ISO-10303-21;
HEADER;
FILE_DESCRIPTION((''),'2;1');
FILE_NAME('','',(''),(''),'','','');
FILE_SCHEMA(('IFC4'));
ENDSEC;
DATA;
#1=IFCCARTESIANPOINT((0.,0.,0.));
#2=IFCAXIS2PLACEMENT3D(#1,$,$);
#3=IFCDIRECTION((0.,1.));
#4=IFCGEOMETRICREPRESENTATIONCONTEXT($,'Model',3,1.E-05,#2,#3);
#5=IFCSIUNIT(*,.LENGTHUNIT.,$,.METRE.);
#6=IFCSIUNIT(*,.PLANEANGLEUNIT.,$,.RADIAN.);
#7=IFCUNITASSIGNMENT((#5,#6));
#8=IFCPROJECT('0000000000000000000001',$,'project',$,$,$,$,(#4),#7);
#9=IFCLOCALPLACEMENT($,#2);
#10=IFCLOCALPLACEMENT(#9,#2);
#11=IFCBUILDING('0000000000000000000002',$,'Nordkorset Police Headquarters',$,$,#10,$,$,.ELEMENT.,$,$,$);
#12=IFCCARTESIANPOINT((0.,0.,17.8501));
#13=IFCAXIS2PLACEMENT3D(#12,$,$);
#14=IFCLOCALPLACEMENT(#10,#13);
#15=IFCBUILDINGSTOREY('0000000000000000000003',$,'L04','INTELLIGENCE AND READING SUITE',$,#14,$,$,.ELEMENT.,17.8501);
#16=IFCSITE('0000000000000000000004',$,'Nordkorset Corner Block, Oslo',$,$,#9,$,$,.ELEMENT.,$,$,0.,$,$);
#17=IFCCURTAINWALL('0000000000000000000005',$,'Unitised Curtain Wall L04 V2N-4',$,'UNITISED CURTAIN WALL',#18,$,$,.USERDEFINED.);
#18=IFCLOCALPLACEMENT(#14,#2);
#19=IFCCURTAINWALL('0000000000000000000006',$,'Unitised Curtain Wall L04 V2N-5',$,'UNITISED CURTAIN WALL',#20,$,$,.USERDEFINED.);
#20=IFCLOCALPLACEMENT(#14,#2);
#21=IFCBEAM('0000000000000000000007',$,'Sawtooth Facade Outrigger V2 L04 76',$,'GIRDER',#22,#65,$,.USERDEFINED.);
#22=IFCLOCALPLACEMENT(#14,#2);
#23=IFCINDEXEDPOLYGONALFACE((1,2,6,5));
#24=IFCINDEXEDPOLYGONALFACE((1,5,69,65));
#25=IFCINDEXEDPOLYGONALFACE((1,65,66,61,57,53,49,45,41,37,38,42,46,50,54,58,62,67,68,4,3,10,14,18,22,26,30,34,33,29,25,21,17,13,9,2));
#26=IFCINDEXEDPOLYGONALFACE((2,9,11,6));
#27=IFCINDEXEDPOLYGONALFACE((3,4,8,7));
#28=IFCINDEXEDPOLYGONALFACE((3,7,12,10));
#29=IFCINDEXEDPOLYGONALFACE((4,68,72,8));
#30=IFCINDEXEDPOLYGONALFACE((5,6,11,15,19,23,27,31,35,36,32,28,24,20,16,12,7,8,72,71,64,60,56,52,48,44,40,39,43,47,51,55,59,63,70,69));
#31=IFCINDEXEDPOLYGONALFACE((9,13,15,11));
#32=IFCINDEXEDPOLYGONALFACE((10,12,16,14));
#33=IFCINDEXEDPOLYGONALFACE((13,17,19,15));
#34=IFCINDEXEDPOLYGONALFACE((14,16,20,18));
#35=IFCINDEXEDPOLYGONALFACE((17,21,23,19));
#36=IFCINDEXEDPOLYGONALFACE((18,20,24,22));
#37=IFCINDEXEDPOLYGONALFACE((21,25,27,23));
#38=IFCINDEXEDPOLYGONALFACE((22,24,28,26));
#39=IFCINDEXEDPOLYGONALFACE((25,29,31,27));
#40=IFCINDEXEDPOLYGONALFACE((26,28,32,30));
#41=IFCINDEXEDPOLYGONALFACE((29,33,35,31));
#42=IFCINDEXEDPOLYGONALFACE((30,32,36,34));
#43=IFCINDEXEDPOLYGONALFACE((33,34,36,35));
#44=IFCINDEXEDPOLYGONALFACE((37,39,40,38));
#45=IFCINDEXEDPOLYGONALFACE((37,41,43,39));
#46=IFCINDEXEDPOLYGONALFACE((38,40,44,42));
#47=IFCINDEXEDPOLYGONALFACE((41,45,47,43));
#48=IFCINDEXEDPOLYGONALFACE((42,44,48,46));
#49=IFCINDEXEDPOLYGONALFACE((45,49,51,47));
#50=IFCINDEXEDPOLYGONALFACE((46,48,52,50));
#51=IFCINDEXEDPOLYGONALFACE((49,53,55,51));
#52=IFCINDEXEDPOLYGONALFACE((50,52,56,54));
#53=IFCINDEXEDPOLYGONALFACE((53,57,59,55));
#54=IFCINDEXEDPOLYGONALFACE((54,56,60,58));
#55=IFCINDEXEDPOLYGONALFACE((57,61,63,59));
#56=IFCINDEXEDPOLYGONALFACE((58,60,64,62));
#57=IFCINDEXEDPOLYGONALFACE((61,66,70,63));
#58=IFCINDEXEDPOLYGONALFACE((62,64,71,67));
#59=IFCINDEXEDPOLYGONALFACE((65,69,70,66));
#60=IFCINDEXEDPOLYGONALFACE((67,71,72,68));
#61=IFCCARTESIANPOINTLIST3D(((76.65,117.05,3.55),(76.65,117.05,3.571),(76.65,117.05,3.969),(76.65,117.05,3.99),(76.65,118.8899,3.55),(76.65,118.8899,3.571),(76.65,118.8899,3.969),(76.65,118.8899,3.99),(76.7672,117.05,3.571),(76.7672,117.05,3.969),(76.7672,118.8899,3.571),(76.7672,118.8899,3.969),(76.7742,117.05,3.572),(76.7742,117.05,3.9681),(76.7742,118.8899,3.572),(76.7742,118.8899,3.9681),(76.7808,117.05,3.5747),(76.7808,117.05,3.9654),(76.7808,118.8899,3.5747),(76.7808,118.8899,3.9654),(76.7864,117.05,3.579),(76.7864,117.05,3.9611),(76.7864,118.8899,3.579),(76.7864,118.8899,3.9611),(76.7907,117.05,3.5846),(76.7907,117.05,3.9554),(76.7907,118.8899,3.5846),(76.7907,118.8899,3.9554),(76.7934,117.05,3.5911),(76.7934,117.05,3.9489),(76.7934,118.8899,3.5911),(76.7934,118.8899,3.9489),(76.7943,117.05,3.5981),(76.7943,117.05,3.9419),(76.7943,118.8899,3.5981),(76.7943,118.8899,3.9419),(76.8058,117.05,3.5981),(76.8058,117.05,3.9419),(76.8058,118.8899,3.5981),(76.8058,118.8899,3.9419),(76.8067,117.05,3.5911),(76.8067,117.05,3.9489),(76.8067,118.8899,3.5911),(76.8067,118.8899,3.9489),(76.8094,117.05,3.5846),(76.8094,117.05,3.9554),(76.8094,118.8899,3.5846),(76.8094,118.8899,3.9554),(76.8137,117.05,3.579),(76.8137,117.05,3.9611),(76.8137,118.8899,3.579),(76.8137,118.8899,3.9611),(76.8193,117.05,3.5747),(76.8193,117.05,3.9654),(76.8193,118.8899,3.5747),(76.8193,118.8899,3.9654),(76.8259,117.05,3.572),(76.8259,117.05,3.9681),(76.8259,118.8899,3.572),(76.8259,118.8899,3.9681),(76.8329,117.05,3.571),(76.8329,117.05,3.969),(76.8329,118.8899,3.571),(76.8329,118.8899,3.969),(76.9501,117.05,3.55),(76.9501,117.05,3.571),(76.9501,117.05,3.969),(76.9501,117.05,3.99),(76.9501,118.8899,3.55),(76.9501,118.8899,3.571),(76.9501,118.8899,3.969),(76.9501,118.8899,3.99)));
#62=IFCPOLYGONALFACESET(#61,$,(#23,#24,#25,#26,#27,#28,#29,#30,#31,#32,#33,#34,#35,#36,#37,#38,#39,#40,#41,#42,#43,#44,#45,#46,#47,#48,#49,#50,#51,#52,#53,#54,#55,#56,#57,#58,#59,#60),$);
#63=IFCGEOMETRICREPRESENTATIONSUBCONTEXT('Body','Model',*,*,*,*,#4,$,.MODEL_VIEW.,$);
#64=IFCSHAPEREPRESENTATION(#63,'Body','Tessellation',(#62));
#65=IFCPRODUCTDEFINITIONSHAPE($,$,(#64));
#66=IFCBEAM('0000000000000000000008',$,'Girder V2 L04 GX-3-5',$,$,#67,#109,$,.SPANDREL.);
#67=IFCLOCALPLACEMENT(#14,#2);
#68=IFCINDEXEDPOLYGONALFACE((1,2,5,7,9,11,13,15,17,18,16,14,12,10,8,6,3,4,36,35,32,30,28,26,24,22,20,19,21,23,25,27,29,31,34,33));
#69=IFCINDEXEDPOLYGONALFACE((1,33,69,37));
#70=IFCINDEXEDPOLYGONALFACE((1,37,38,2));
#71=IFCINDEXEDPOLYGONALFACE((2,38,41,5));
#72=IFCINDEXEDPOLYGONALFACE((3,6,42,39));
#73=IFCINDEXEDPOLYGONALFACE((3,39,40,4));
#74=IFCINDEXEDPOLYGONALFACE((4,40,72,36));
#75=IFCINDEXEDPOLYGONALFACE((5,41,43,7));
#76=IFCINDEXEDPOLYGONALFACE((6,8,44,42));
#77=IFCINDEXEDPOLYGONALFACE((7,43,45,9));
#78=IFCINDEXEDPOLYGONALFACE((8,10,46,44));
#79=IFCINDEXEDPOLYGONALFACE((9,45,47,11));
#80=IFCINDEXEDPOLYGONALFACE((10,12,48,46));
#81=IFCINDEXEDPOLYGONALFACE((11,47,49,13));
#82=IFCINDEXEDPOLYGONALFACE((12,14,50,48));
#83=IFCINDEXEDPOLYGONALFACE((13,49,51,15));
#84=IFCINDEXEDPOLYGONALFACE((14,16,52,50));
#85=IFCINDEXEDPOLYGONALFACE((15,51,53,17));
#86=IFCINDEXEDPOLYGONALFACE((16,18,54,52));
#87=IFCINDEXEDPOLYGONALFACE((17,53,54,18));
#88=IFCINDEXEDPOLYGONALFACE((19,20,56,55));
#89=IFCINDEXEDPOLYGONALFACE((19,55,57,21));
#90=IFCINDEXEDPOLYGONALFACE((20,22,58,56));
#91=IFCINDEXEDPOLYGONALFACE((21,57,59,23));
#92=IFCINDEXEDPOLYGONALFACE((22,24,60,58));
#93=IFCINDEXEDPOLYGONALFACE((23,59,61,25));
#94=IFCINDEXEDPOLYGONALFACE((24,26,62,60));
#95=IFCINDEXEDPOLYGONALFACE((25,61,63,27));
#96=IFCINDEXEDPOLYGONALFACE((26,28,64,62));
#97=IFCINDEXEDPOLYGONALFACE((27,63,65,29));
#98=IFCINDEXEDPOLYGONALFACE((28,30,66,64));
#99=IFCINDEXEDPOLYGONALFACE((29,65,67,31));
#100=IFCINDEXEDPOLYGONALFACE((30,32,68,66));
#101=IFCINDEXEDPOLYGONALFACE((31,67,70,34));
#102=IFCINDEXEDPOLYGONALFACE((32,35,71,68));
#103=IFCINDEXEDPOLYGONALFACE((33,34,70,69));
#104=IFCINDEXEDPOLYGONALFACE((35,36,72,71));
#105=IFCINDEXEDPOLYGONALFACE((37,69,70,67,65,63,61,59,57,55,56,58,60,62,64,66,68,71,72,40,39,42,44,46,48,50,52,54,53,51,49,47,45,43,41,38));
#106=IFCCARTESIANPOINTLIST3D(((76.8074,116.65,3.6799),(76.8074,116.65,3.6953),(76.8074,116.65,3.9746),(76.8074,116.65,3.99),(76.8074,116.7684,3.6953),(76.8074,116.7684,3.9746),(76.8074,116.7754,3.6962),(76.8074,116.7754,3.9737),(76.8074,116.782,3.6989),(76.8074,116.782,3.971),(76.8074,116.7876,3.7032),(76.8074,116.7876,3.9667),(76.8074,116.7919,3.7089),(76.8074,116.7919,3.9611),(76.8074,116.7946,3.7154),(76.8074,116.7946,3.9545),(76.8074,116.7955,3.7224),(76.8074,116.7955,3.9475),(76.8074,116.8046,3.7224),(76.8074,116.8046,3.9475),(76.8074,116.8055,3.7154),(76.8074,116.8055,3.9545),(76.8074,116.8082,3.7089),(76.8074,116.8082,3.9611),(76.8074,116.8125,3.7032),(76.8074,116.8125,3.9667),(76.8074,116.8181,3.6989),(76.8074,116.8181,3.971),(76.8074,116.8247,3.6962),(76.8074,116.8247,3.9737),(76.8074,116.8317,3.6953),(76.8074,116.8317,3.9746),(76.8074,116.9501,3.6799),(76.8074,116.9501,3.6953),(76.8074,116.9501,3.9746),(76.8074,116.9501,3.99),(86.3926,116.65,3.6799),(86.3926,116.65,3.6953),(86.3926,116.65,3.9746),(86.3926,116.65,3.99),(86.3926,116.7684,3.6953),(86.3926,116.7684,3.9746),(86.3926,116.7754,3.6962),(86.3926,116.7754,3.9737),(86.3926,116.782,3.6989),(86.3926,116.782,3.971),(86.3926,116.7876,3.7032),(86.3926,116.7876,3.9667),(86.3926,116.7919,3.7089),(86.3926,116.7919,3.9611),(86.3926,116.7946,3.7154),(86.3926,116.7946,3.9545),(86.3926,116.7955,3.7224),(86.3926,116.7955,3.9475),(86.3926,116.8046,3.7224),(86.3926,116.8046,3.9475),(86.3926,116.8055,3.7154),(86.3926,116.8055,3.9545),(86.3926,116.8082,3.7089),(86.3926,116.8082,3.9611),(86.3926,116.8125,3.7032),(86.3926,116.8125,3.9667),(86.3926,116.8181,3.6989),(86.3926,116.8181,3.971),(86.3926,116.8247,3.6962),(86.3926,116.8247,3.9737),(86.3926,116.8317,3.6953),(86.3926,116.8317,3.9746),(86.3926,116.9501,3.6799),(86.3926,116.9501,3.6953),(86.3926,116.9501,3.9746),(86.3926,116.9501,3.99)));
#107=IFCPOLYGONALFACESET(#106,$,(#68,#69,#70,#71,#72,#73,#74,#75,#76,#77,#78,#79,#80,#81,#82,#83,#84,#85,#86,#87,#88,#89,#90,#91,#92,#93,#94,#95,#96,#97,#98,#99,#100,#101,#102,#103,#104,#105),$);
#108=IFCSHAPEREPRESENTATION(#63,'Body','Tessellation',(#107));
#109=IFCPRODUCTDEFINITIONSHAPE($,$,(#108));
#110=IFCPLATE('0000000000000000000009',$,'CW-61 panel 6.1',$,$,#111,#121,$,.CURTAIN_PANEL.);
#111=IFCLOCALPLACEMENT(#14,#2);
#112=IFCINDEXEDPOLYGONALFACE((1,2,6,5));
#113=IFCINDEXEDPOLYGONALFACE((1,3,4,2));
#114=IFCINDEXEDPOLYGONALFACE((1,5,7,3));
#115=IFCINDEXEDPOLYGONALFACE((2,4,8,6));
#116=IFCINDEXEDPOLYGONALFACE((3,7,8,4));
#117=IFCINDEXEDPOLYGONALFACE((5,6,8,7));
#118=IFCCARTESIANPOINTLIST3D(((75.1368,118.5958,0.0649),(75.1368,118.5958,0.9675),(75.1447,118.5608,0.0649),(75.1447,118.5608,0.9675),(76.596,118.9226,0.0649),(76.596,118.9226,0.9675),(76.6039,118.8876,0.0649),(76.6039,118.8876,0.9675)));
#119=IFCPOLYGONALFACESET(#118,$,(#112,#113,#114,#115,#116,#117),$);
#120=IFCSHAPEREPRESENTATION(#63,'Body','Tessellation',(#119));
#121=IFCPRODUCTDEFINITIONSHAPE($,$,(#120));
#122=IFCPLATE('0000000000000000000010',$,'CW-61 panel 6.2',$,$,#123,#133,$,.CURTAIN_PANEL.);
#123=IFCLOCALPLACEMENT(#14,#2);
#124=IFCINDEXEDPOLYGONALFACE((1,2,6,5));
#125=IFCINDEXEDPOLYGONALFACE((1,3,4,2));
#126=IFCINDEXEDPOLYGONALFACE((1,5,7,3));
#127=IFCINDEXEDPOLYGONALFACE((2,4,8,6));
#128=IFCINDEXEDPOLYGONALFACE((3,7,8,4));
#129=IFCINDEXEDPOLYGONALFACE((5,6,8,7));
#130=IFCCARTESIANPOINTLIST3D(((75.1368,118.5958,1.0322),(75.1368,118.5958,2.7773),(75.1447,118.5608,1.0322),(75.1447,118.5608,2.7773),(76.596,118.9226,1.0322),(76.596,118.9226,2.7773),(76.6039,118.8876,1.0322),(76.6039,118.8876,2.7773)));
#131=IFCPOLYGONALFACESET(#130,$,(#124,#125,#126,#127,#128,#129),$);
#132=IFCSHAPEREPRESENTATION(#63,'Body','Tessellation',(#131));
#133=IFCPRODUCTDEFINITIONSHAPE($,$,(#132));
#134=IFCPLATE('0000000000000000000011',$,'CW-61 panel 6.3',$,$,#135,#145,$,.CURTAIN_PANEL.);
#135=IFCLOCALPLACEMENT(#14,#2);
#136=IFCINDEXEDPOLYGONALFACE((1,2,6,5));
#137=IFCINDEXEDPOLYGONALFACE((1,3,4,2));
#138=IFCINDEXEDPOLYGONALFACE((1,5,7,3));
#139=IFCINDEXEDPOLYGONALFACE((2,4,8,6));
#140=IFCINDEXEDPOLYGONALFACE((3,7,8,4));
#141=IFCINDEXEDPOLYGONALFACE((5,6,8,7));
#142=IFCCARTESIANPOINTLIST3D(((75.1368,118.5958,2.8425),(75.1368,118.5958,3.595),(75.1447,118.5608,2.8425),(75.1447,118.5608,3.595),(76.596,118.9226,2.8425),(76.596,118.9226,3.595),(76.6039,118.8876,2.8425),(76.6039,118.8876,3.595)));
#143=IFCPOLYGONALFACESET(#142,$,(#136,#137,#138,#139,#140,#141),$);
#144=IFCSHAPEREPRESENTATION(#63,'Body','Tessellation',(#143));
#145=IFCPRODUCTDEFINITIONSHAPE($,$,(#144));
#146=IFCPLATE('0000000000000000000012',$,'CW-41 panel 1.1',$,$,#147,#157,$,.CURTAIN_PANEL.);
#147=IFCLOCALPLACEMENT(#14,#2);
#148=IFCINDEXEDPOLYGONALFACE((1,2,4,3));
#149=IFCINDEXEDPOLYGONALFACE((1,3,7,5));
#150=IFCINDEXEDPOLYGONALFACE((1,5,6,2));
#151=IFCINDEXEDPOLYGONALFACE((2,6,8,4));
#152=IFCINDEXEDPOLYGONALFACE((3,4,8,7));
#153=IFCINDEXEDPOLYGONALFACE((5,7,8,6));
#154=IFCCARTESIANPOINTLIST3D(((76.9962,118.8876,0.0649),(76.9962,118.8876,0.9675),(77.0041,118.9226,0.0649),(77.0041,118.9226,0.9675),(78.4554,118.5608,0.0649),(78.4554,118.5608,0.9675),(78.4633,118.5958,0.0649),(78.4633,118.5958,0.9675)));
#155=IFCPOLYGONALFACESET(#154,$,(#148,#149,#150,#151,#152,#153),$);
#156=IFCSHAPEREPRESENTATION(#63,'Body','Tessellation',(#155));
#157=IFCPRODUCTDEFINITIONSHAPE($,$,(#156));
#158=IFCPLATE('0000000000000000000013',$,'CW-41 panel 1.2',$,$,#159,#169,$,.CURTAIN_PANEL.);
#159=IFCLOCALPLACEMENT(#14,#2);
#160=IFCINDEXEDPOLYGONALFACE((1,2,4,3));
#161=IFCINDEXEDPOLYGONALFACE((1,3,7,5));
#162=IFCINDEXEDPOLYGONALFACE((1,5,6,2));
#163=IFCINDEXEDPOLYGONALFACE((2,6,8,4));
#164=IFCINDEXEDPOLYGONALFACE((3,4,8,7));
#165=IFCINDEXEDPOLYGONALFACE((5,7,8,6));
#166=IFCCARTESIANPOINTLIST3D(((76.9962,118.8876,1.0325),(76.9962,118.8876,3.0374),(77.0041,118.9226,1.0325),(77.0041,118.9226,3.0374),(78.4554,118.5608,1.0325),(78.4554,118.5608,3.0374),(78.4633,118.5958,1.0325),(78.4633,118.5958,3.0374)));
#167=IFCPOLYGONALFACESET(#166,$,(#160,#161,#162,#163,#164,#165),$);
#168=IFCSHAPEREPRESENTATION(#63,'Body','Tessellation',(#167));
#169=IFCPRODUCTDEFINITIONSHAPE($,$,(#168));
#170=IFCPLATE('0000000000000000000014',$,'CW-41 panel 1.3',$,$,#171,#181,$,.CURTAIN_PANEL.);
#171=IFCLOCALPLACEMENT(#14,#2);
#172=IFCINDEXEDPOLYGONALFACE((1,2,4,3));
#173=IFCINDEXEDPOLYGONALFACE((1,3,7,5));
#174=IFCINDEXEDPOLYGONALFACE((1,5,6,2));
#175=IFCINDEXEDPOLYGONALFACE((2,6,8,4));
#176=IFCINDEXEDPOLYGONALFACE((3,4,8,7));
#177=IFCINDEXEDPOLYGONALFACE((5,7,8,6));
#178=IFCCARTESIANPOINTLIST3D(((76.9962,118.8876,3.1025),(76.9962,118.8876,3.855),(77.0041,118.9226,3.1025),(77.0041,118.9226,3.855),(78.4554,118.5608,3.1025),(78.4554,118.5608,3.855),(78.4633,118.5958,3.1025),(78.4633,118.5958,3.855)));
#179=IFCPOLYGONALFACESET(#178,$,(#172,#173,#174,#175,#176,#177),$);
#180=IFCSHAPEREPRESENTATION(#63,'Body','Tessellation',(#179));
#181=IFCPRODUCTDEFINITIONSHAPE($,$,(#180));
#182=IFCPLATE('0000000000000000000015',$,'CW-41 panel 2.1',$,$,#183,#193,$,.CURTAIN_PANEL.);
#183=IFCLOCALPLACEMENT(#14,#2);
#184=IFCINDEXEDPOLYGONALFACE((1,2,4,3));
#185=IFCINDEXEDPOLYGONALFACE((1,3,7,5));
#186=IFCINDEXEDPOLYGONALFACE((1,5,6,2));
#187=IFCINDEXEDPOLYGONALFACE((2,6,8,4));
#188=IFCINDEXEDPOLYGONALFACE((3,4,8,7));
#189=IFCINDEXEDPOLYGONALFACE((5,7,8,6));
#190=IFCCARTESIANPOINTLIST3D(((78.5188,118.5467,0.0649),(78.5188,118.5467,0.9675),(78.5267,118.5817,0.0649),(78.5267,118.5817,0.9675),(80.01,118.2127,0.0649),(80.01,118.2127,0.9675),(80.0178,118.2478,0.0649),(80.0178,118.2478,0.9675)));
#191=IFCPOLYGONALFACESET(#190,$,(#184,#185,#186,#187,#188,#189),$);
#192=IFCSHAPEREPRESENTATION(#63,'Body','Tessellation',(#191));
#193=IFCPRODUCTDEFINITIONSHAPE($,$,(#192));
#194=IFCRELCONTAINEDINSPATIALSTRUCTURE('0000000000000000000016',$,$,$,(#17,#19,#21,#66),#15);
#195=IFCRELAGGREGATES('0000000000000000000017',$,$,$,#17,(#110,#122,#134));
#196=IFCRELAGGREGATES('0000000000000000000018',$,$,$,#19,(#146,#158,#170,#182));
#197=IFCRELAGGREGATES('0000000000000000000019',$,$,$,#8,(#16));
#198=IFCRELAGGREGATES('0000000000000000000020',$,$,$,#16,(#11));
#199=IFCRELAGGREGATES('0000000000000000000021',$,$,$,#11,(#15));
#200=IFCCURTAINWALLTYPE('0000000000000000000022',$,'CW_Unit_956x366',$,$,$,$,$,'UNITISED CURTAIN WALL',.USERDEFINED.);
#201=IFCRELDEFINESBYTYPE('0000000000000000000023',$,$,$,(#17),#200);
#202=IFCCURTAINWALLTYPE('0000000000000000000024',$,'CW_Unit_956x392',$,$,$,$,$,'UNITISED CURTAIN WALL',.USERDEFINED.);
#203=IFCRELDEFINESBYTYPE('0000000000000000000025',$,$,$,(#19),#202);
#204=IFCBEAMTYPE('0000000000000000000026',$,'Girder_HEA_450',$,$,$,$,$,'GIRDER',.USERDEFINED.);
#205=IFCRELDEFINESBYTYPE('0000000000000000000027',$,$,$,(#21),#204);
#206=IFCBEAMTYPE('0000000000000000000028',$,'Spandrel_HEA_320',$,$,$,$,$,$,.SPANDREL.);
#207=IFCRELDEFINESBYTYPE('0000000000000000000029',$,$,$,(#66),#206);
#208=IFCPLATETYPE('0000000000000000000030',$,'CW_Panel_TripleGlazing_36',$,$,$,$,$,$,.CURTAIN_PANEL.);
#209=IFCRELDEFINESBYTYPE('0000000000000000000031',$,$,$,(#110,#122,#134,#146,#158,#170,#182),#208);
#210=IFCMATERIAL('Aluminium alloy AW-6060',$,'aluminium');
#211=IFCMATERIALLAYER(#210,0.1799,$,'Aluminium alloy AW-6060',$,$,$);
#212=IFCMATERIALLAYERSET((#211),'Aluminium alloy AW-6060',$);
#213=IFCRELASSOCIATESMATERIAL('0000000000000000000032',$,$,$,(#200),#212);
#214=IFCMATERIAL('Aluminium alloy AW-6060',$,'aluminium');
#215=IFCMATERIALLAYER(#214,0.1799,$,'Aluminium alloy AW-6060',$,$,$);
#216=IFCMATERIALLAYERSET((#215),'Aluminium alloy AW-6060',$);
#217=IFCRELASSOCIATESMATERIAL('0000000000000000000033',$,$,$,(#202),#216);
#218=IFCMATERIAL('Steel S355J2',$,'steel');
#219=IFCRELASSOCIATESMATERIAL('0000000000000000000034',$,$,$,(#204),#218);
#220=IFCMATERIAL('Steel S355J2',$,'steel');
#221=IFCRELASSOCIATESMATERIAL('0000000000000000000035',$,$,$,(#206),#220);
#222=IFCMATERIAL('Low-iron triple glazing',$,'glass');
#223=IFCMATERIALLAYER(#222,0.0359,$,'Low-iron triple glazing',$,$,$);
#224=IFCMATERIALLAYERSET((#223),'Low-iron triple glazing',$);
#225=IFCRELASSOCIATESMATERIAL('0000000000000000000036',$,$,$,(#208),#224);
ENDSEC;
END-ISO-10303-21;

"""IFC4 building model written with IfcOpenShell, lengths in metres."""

from ifc_helpers import new_model, si_unit, direction, frame, origin, origin_2d, place, context, subcontext, project, spatial, rectangle, i_section, extrude, material, layer, layer_set, material_profile, profile_set, type_object, element, aggregate, save


model = new_model("IFC4")

# Units and contexts
model_context = context("Model", 3, precision=1e-05, world=origin(), true_north=direction((0.0, 1.0)))
body_context = subcontext(model_context, "Body", "Model", "MODEL_VIEW")
ifc_project = project(units=[si_unit("LENGTHUNIT", "METRE"), si_unit("PLANEANGLEUNIT", "RADIAN")], contexts=[model_context])

# Site, building, storey
site_placement = place(None, origin())
site = spatial("IfcSite", under=ifc_project, at=site_placement, Name="Nordkorset Corner Block, Oslo", CompositionType="ELEMENT", RefElevation=0.0)
building_placement = place(site_placement, origin())
building = spatial("IfcBuilding", under=site, at=building_placement, Name="Nordkorset Police Headquarters", CompositionType="ELEMENT")
storey_placement = place(building_placement, frame((0.0, 0.0, 17.8501)))
storey = spatial("IfcBuildingStorey", under=building, at=storey_placement, Name="L04", Description="INTELLIGENCE AND READING SUITE", CompositionType="ELEMENT", Elevation=17.8501)

# Curtain wall
ifc_material_1 = material(Name="Aluminium alloy AW-6060", Category="aluminium")
ifc_layer_1 = layer(ifc_material_1, 0.1799, Name="Aluminium alloy AW-6060")
ifc_layer_set_1 = layer_set([ifc_layer_1], Name="Aluminium alloy AW-6060")
curtain_wall_type_1 = type_object("IfcCurtainWallType", Name="CW_Unit_956x366", ElementType="UNITISED CURTAIN WALL", PredefinedType="USERDEFINED", material=ifc_layer_set_1)
curtain_wall_1_placement = place(storey_placement, origin())
curtain_wall_1 = element("IfcCurtainWall", 1, at=curtain_wall_1_placement, inside=storey, type_object=curtain_wall_type_1, Name="Unitised Curtain Wall L04 V2N-4", ObjectType="UNITISED CURTAIN WALL", PredefinedType="USERDEFINED")

# Curtain wall
ifc_material_2 = material(Name="Aluminium alloy AW-6060", Category="aluminium")
ifc_layer_2 = layer(ifc_material_2, 0.1799, Name="Aluminium alloy AW-6060")
ifc_layer_set_2 = layer_set([ifc_layer_2], Name="Aluminium alloy AW-6060")
curtain_wall_type_2 = type_object("IfcCurtainWallType", Name="CW_Unit_956x392", ElementType="UNITISED CURTAIN WALL", PredefinedType="USERDEFINED", material=ifc_layer_set_2)
curtain_wall_2_placement = place(storey_placement, origin())
curtain_wall_2 = element("IfcCurtainWall", 2, at=curtain_wall_2_placement, inside=storey, type_object=curtain_wall_type_2, Name="Unitised Curtain Wall L04 V2N-5", ObjectType="UNITISED CURTAIN WALL", PredefinedType="USERDEFINED")

# Beams
ifc_material_3 = material(Name="Steel S355J2", Category="steel")
ifc_material_profile_1 = material_profile(ifc_material_3, i_section(OverallWidth=0.3, OverallDepth=0.4399, WebThickness=0.0115, FlangeThickness=0.021, FilletRadius=0.0271, at=origin_2d()), Name="HEA 450")
ifc_profile_set_1 = profile_set([ifc_material_profile_1], Name="Steel S355J2")
beam_type_1 = type_object("IfcBeamType", Name="Girder_HEA_450", ElementType="GIRDER", PredefinedType="USERDEFINED", material=ifc_profile_set_1)
beam_1_placement = place(storey_placement, frame((76.8, 117.05, 3.77), z_axis=(0.0, 1.0, 0.0), x_axis=(-1.0, 0.0, 0.0)))
element("IfcBeam", 3, at=beam_1_placement, inside=storey, type_object=beam_type_1, Name="Sawtooth Facade Outrigger V2 L04 76", ObjectType="GIRDER", PredefinedType="USERDEFINED", context=body_context, shape_type="SweptSolid", body=[
    extrude(i_section(OverallWidth=0.3, OverallDepth=0.4399, WebThickness=0.0115, FlangeThickness=0.021, FilletRadius=0.0271, at=origin_2d()), origin(), (0.0, 0.0, 1.0), 1.8398),
])
ifc_material_4 = material(Name="Steel S355J2", Category="steel")
ifc_material_profile_2 = material_profile(ifc_material_4, i_section(OverallWidth=0.3, OverallDepth=0.3101, WebThickness=0.009, FlangeThickness=0.0154, FilletRadius=0.0271, at=origin_2d()), Name="HEA 320")
ifc_profile_set_2 = profile_set([ifc_material_profile_2], Name="Steel S355J2")
beam_type_2 = type_object("IfcBeamType", Name="Spandrel_HEA_320", PredefinedType="SPANDREL", material=ifc_profile_set_2)
beam_2_placement = place(storey_placement, frame((76.8074, 116.8, 3.835), z_axis=(1.0, 0.0, 0.0), x_axis=(0.0, 1.0, 0.0)))
element("IfcBeam", 4, at=beam_2_placement, inside=storey, type_object=beam_type_2, Name="Girder V2 L04 GX-3-5", PredefinedType="SPANDREL", context=body_context, shape_type="SweptSolid", body=[
    extrude(i_section(OverallWidth=0.3, OverallDepth=0.3101, WebThickness=0.009, FlangeThickness=0.0154, FilletRadius=0.0271, at=origin_2d()), origin(), (0.0, 0.0, 1.0), 9.5852),
])

# Plates
ifc_material_5 = material(Name="Low-iron triple glazing", Category="glass")
ifc_layer_3 = layer(ifc_material_5, 0.0359, Name="Low-iron triple glazing")
ifc_layer_set_3 = layer_set([ifc_layer_3], Name="Low-iron triple glazing")
plate_type = type_object("IfcPlateType", Name="CW_Panel_TripleGlazing_36", PredefinedType="CURTAIN_PANEL", material=ifc_layer_set_3)
plate_1_placement = place(storey_placement, frame((75.8704, 118.7417, 0.0649), z_axis=(0.0, 0.0, 1.0), x_axis=(0.975827, 0.218544, 0.0)))
plate_1 = element("IfcPlate", 5, at=plate_1_placement, type_object=plate_type, Name="CW-61 panel 6.1", PredefinedType="CURTAIN_PANEL", context=body_context, shape_type="SweptSolid", body=[
    extrude(rectangle(XDim=1.4954, YDim=0.0359, at=origin_2d()), origin(), (0.0, 0.0, 1.0), 0.9026),
])
plate_2_placement = place(storey_placement, frame((75.8704, 118.7417, 1.0322), z_axis=(0.0, 0.0, 1.0), x_axis=(0.975827, 0.218544, 0.0)))
plate_2 = element("IfcPlate", 6, at=plate_2_placement, type_object=plate_type, Name="CW-61 panel 6.2", PredefinedType="CURTAIN_PANEL", context=body_context, shape_type="SweptSolid", body=[
    extrude(rectangle(XDim=1.4954, YDim=0.0359, at=origin_2d()), origin(), (0.0, 0.0, 1.0), 1.7451),
])
plate_3_placement = place(storey_placement, frame((75.8704, 118.7417, 2.8425), z_axis=(0.0, 0.0, 1.0), x_axis=(0.975827, 0.218544, 0.0)))
plate_3 = element("IfcPlate", 7, at=plate_3_placement, type_object=plate_type, Name="CW-61 panel 6.3", PredefinedType="CURTAIN_PANEL", context=body_context, shape_type="SweptSolid", body=[
    extrude(rectangle(XDim=1.4954, YDim=0.0359, at=origin_2d()), origin(), (0.0, 0.0, 1.0), 0.7524),
])
aggregate(curtain_wall_1, [plate_1, plate_2, plate_3])
plate_4_placement = place(storey_placement, frame((77.7297, 118.7417, 0.0649), z_axis=(0.0, 0.0, 1.0), x_axis=(0.975827, -0.218544, 0.0)))
plate_4 = element("IfcPlate", 8, at=plate_4_placement, type_object=plate_type, Name="CW-41 panel 1.1", PredefinedType="CURTAIN_PANEL", context=body_context, shape_type="SweptSolid", body=[
    extrude(rectangle(XDim=1.4954, YDim=0.0359, at=origin_2d()), origin(), (0.0, 0.0, 1.0), 0.9026),
])
plate_5_placement = place(storey_placement, frame((77.7297, 118.7417, 1.0325), z_axis=(0.0, 0.0, 1.0), x_axis=(0.975827, -0.218544, 0.0)))
plate_5 = element("IfcPlate", 9, at=plate_5_placement, type_object=plate_type, Name="CW-41 panel 1.2", PredefinedType="CURTAIN_PANEL", context=body_context, shape_type="SweptSolid", body=[
    extrude(rectangle(XDim=1.4954, YDim=0.0359, at=origin_2d()), origin(), (0.0, 0.0, 1.0), 2.0049),
])
plate_6_placement = place(storey_placement, frame((77.7297, 118.7417, 3.1025), z_axis=(0.0, 0.0, 1.0), x_axis=(0.975827, -0.218544, 0.0)))
plate_6 = element("IfcPlate", 10, at=plate_6_placement, type_object=plate_type, Name="CW-41 panel 1.3", PredefinedType="CURTAIN_PANEL", context=body_context, shape_type="SweptSolid", body=[
    extrude(rectangle(XDim=1.4954, YDim=0.0359, at=origin_2d()), origin(), (0.0, 0.0, 1.0), 0.7524),
])
plate_7_placement = place(storey_placement, frame((79.2683, 118.3972, 0.0649), z_axis=(0.0, 0.0, 1.0), x_axis=(0.975827, -0.218544, 0.0)))
plate_7 = element("IfcPlate", 11, at=plate_7_placement, type_object=plate_type, Name="CW-41 panel 2.1", PredefinedType="CURTAIN_PANEL", context=body_context, shape_type="SweptSolid", body=[
    extrude(rectangle(XDim=1.5281, YDim=0.0359, at=origin_2d()), origin(), (0.0, 0.0, 1.0), 0.9026),
])
aggregate(curtain_wall_2, [plate_4, plate_5, plate_6, plate_7])

save(model, "model.ifc")
